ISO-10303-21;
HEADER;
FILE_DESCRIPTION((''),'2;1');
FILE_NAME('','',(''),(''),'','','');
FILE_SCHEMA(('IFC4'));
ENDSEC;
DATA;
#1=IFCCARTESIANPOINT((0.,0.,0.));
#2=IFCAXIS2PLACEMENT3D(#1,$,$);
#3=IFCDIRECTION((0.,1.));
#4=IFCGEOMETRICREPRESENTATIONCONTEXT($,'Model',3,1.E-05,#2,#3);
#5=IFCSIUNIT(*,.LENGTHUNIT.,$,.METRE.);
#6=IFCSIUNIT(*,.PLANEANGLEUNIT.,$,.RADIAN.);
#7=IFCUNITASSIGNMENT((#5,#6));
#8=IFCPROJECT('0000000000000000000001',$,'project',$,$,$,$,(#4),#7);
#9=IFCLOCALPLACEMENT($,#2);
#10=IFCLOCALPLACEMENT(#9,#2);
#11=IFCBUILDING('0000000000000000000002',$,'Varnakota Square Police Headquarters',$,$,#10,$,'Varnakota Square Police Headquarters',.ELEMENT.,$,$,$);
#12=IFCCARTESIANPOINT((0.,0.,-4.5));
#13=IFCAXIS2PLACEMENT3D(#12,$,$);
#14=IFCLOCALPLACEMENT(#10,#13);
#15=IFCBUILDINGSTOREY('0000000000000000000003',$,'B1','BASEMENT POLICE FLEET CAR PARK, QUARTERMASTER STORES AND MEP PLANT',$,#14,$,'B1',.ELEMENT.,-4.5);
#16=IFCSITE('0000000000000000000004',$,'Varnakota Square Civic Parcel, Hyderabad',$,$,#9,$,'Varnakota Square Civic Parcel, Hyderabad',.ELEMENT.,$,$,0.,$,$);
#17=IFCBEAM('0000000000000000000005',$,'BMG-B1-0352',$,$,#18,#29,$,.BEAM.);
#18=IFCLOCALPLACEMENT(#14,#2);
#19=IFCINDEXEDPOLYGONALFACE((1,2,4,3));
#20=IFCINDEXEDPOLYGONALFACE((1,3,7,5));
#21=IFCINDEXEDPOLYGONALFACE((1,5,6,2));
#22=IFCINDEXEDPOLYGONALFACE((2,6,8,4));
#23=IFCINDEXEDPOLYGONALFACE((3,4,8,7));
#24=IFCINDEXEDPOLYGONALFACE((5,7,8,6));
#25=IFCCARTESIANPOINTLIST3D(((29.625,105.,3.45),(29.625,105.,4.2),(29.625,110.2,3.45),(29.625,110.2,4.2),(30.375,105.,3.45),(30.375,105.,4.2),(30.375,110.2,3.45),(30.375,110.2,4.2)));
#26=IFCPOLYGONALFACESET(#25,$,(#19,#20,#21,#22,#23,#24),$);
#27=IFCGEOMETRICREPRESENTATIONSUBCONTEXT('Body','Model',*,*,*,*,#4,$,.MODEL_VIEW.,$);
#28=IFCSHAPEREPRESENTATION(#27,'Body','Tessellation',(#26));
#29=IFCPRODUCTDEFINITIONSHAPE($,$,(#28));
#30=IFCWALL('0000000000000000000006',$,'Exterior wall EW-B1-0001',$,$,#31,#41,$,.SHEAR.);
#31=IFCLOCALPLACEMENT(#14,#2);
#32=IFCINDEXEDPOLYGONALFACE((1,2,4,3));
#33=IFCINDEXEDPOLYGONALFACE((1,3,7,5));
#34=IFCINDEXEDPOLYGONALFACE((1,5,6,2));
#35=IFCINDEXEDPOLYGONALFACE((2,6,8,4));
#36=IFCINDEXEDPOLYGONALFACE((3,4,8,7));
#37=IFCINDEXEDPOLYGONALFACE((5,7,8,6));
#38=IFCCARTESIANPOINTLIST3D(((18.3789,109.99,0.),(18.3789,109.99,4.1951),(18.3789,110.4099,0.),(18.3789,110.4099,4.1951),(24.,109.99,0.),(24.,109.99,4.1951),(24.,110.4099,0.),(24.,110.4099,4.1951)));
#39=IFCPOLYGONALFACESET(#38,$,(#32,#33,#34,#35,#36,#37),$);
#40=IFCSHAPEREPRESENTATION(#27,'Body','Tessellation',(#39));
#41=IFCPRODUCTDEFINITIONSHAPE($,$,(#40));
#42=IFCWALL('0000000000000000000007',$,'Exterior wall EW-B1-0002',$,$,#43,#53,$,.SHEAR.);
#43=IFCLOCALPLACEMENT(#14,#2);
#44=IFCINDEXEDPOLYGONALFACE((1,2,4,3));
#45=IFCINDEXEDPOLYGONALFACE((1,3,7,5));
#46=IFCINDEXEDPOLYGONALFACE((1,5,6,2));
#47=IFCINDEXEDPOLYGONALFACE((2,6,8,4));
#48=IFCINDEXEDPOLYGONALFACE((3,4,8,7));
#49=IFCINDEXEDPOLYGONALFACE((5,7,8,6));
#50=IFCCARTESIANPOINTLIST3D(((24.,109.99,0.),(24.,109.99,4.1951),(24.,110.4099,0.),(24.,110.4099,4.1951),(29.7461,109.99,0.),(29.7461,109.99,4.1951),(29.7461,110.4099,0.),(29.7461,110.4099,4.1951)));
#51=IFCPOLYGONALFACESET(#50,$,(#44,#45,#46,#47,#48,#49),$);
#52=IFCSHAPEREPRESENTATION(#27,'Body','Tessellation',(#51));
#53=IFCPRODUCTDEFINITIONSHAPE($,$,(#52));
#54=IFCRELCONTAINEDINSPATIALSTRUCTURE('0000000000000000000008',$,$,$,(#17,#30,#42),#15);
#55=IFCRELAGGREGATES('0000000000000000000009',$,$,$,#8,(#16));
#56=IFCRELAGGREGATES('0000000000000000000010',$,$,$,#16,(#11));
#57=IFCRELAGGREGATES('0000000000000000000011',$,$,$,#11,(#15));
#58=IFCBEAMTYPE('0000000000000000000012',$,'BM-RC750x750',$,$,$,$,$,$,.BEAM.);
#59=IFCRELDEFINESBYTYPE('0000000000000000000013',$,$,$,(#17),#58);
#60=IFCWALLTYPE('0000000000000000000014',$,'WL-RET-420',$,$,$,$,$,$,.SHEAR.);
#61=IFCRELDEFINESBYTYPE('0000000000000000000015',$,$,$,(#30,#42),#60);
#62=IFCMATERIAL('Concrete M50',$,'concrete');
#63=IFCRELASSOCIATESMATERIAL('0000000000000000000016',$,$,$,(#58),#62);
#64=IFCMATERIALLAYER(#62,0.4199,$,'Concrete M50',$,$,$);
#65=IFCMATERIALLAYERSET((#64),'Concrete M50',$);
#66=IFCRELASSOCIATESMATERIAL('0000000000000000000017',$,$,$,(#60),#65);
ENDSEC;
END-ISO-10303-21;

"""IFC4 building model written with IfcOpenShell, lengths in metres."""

from ifc_helpers import new_model, si_unit, direction, frame, frame_2d, origin, origin_2d, place, context, subcontext, project, spatial, rectangle, extrude, material, layer, layer_set, material_profile, profile_set, type_object, element, save


model = new_model("IFC4")

# Units and contexts
model_context = context("Model", 3, precision=1e-05, world=origin(), true_north=direction((0.0, 1.0)))
body_context = subcontext(model_context, "Body", "Model", "MODEL_VIEW")
ifc_project = project(units=[si_unit("LENGTHUNIT", "METRE"), si_unit("PLANEANGLEUNIT", "RADIAN")], contexts=[model_context])

# Site, building, storey
site_placement = place(None, origin())
site = spatial("IfcSite", under=ifc_project, at=site_placement, Name="Varnakota Square Civic Parcel, Hyderabad", LongName="Varnakota Square Civic Parcel, Hyderabad", CompositionType="ELEMENT", RefElevation=0.0)
building_placement = place(site_placement, origin())
building = spatial("IfcBuilding", under=site, at=building_placement, Name="Varnakota Square Police Headquarters", LongName="Varnakota Square Police Headquarters", CompositionType="ELEMENT")
storey_placement = place(building_placement, frame((0.0, 0.0, -4.5)))
storey = spatial("IfcBuildingStorey", under=building, at=storey_placement, Name="B1", Description="BASEMENT POLICE FLEET CAR PARK, QUARTERMASTER STORES AND MEP PLANT", LongName="B1", CompositionType="ELEMENT", Elevation=-4.5)

# Shared definitions
ifc_material_1 = material(Name="Concrete M50", Category="concrete")

# Beam
ifc_material_profile_1 = material_profile(ifc_material_1, rectangle(XDim=0.75, YDim=0.75, at=origin_2d()), Name="RC 750x750")
ifc_profile_set_1 = profile_set([ifc_material_profile_1], Name="Concrete M50")
beam_type_1 = type_object("IfcBeamType", Name="BM-RC750x750", PredefinedType="BEAM", material=ifc_profile_set_1)
beam_1_placement = place(storey_placement, frame((30.0, 105.0, 3.825), z_axis=(0.0, 1.0, 0.0), x_axis=(-1.0, 0.0, 0.0)))
element("IfcBeam", 1, at=beam_1_placement, inside=storey, type_object=beam_type_1, Name="BMG-B1-0352", PredefinedType="BEAM", context=body_context, shape_type="SweptSolid", body=[
    extrude(rectangle(XDim=0.75, YDim=0.75, at=origin_2d()), origin(), (0.0, 0.0, 1.0), 5.2),
])

# Walls
ifc_layer_1 = layer(ifc_material_1, 0.4199, Name="Concrete M50")
ifc_layer_set_1 = layer_set([ifc_layer_1], Name="Concrete M50")
wall_type_1 = type_object("IfcWallType", Name="WL-RET-420", PredefinedType="SHEAR", material=ifc_layer_set_1)
wall_1_placement = place(storey_placement, frame((18.3789, 110.2, 0.0), z_axis=(0.0, 0.0, 1.0), x_axis=(1.0, 0.0, 0.0)))
element("IfcWall", 2, at=wall_1_placement, inside=storey, type_object=wall_type_1, Name="Exterior wall EW-B1-0001", PredefinedType="SHEAR", context=body_context, shape_type="SweptSolid", body=[
    extrude(rectangle(XDim=5.6211, YDim=0.4199, at=frame_2d((2.8105, 0.0))), origin(), (0.0, 0.0, 1.0), 4.1951),
])
wall_2_placement = place(storey_placement, frame((24.0, 110.2, 0.0), z_axis=(0.0, 0.0, 1.0), x_axis=(1.0, 0.0, 0.0)))
element("IfcWall", 3, at=wall_2_placement, inside=storey, type_object=wall_type_1, Name="Exterior wall EW-B1-0002", PredefinedType="SHEAR", context=body_context, shape_type="SweptSolid", body=[
    extrude(rectangle(XDim=5.7461, YDim=0.4199, at=frame_2d((2.873, 0.0))), origin(), (0.0, 0.0, 1.0), 4.1951),
])

save(model, "model.ifc")
